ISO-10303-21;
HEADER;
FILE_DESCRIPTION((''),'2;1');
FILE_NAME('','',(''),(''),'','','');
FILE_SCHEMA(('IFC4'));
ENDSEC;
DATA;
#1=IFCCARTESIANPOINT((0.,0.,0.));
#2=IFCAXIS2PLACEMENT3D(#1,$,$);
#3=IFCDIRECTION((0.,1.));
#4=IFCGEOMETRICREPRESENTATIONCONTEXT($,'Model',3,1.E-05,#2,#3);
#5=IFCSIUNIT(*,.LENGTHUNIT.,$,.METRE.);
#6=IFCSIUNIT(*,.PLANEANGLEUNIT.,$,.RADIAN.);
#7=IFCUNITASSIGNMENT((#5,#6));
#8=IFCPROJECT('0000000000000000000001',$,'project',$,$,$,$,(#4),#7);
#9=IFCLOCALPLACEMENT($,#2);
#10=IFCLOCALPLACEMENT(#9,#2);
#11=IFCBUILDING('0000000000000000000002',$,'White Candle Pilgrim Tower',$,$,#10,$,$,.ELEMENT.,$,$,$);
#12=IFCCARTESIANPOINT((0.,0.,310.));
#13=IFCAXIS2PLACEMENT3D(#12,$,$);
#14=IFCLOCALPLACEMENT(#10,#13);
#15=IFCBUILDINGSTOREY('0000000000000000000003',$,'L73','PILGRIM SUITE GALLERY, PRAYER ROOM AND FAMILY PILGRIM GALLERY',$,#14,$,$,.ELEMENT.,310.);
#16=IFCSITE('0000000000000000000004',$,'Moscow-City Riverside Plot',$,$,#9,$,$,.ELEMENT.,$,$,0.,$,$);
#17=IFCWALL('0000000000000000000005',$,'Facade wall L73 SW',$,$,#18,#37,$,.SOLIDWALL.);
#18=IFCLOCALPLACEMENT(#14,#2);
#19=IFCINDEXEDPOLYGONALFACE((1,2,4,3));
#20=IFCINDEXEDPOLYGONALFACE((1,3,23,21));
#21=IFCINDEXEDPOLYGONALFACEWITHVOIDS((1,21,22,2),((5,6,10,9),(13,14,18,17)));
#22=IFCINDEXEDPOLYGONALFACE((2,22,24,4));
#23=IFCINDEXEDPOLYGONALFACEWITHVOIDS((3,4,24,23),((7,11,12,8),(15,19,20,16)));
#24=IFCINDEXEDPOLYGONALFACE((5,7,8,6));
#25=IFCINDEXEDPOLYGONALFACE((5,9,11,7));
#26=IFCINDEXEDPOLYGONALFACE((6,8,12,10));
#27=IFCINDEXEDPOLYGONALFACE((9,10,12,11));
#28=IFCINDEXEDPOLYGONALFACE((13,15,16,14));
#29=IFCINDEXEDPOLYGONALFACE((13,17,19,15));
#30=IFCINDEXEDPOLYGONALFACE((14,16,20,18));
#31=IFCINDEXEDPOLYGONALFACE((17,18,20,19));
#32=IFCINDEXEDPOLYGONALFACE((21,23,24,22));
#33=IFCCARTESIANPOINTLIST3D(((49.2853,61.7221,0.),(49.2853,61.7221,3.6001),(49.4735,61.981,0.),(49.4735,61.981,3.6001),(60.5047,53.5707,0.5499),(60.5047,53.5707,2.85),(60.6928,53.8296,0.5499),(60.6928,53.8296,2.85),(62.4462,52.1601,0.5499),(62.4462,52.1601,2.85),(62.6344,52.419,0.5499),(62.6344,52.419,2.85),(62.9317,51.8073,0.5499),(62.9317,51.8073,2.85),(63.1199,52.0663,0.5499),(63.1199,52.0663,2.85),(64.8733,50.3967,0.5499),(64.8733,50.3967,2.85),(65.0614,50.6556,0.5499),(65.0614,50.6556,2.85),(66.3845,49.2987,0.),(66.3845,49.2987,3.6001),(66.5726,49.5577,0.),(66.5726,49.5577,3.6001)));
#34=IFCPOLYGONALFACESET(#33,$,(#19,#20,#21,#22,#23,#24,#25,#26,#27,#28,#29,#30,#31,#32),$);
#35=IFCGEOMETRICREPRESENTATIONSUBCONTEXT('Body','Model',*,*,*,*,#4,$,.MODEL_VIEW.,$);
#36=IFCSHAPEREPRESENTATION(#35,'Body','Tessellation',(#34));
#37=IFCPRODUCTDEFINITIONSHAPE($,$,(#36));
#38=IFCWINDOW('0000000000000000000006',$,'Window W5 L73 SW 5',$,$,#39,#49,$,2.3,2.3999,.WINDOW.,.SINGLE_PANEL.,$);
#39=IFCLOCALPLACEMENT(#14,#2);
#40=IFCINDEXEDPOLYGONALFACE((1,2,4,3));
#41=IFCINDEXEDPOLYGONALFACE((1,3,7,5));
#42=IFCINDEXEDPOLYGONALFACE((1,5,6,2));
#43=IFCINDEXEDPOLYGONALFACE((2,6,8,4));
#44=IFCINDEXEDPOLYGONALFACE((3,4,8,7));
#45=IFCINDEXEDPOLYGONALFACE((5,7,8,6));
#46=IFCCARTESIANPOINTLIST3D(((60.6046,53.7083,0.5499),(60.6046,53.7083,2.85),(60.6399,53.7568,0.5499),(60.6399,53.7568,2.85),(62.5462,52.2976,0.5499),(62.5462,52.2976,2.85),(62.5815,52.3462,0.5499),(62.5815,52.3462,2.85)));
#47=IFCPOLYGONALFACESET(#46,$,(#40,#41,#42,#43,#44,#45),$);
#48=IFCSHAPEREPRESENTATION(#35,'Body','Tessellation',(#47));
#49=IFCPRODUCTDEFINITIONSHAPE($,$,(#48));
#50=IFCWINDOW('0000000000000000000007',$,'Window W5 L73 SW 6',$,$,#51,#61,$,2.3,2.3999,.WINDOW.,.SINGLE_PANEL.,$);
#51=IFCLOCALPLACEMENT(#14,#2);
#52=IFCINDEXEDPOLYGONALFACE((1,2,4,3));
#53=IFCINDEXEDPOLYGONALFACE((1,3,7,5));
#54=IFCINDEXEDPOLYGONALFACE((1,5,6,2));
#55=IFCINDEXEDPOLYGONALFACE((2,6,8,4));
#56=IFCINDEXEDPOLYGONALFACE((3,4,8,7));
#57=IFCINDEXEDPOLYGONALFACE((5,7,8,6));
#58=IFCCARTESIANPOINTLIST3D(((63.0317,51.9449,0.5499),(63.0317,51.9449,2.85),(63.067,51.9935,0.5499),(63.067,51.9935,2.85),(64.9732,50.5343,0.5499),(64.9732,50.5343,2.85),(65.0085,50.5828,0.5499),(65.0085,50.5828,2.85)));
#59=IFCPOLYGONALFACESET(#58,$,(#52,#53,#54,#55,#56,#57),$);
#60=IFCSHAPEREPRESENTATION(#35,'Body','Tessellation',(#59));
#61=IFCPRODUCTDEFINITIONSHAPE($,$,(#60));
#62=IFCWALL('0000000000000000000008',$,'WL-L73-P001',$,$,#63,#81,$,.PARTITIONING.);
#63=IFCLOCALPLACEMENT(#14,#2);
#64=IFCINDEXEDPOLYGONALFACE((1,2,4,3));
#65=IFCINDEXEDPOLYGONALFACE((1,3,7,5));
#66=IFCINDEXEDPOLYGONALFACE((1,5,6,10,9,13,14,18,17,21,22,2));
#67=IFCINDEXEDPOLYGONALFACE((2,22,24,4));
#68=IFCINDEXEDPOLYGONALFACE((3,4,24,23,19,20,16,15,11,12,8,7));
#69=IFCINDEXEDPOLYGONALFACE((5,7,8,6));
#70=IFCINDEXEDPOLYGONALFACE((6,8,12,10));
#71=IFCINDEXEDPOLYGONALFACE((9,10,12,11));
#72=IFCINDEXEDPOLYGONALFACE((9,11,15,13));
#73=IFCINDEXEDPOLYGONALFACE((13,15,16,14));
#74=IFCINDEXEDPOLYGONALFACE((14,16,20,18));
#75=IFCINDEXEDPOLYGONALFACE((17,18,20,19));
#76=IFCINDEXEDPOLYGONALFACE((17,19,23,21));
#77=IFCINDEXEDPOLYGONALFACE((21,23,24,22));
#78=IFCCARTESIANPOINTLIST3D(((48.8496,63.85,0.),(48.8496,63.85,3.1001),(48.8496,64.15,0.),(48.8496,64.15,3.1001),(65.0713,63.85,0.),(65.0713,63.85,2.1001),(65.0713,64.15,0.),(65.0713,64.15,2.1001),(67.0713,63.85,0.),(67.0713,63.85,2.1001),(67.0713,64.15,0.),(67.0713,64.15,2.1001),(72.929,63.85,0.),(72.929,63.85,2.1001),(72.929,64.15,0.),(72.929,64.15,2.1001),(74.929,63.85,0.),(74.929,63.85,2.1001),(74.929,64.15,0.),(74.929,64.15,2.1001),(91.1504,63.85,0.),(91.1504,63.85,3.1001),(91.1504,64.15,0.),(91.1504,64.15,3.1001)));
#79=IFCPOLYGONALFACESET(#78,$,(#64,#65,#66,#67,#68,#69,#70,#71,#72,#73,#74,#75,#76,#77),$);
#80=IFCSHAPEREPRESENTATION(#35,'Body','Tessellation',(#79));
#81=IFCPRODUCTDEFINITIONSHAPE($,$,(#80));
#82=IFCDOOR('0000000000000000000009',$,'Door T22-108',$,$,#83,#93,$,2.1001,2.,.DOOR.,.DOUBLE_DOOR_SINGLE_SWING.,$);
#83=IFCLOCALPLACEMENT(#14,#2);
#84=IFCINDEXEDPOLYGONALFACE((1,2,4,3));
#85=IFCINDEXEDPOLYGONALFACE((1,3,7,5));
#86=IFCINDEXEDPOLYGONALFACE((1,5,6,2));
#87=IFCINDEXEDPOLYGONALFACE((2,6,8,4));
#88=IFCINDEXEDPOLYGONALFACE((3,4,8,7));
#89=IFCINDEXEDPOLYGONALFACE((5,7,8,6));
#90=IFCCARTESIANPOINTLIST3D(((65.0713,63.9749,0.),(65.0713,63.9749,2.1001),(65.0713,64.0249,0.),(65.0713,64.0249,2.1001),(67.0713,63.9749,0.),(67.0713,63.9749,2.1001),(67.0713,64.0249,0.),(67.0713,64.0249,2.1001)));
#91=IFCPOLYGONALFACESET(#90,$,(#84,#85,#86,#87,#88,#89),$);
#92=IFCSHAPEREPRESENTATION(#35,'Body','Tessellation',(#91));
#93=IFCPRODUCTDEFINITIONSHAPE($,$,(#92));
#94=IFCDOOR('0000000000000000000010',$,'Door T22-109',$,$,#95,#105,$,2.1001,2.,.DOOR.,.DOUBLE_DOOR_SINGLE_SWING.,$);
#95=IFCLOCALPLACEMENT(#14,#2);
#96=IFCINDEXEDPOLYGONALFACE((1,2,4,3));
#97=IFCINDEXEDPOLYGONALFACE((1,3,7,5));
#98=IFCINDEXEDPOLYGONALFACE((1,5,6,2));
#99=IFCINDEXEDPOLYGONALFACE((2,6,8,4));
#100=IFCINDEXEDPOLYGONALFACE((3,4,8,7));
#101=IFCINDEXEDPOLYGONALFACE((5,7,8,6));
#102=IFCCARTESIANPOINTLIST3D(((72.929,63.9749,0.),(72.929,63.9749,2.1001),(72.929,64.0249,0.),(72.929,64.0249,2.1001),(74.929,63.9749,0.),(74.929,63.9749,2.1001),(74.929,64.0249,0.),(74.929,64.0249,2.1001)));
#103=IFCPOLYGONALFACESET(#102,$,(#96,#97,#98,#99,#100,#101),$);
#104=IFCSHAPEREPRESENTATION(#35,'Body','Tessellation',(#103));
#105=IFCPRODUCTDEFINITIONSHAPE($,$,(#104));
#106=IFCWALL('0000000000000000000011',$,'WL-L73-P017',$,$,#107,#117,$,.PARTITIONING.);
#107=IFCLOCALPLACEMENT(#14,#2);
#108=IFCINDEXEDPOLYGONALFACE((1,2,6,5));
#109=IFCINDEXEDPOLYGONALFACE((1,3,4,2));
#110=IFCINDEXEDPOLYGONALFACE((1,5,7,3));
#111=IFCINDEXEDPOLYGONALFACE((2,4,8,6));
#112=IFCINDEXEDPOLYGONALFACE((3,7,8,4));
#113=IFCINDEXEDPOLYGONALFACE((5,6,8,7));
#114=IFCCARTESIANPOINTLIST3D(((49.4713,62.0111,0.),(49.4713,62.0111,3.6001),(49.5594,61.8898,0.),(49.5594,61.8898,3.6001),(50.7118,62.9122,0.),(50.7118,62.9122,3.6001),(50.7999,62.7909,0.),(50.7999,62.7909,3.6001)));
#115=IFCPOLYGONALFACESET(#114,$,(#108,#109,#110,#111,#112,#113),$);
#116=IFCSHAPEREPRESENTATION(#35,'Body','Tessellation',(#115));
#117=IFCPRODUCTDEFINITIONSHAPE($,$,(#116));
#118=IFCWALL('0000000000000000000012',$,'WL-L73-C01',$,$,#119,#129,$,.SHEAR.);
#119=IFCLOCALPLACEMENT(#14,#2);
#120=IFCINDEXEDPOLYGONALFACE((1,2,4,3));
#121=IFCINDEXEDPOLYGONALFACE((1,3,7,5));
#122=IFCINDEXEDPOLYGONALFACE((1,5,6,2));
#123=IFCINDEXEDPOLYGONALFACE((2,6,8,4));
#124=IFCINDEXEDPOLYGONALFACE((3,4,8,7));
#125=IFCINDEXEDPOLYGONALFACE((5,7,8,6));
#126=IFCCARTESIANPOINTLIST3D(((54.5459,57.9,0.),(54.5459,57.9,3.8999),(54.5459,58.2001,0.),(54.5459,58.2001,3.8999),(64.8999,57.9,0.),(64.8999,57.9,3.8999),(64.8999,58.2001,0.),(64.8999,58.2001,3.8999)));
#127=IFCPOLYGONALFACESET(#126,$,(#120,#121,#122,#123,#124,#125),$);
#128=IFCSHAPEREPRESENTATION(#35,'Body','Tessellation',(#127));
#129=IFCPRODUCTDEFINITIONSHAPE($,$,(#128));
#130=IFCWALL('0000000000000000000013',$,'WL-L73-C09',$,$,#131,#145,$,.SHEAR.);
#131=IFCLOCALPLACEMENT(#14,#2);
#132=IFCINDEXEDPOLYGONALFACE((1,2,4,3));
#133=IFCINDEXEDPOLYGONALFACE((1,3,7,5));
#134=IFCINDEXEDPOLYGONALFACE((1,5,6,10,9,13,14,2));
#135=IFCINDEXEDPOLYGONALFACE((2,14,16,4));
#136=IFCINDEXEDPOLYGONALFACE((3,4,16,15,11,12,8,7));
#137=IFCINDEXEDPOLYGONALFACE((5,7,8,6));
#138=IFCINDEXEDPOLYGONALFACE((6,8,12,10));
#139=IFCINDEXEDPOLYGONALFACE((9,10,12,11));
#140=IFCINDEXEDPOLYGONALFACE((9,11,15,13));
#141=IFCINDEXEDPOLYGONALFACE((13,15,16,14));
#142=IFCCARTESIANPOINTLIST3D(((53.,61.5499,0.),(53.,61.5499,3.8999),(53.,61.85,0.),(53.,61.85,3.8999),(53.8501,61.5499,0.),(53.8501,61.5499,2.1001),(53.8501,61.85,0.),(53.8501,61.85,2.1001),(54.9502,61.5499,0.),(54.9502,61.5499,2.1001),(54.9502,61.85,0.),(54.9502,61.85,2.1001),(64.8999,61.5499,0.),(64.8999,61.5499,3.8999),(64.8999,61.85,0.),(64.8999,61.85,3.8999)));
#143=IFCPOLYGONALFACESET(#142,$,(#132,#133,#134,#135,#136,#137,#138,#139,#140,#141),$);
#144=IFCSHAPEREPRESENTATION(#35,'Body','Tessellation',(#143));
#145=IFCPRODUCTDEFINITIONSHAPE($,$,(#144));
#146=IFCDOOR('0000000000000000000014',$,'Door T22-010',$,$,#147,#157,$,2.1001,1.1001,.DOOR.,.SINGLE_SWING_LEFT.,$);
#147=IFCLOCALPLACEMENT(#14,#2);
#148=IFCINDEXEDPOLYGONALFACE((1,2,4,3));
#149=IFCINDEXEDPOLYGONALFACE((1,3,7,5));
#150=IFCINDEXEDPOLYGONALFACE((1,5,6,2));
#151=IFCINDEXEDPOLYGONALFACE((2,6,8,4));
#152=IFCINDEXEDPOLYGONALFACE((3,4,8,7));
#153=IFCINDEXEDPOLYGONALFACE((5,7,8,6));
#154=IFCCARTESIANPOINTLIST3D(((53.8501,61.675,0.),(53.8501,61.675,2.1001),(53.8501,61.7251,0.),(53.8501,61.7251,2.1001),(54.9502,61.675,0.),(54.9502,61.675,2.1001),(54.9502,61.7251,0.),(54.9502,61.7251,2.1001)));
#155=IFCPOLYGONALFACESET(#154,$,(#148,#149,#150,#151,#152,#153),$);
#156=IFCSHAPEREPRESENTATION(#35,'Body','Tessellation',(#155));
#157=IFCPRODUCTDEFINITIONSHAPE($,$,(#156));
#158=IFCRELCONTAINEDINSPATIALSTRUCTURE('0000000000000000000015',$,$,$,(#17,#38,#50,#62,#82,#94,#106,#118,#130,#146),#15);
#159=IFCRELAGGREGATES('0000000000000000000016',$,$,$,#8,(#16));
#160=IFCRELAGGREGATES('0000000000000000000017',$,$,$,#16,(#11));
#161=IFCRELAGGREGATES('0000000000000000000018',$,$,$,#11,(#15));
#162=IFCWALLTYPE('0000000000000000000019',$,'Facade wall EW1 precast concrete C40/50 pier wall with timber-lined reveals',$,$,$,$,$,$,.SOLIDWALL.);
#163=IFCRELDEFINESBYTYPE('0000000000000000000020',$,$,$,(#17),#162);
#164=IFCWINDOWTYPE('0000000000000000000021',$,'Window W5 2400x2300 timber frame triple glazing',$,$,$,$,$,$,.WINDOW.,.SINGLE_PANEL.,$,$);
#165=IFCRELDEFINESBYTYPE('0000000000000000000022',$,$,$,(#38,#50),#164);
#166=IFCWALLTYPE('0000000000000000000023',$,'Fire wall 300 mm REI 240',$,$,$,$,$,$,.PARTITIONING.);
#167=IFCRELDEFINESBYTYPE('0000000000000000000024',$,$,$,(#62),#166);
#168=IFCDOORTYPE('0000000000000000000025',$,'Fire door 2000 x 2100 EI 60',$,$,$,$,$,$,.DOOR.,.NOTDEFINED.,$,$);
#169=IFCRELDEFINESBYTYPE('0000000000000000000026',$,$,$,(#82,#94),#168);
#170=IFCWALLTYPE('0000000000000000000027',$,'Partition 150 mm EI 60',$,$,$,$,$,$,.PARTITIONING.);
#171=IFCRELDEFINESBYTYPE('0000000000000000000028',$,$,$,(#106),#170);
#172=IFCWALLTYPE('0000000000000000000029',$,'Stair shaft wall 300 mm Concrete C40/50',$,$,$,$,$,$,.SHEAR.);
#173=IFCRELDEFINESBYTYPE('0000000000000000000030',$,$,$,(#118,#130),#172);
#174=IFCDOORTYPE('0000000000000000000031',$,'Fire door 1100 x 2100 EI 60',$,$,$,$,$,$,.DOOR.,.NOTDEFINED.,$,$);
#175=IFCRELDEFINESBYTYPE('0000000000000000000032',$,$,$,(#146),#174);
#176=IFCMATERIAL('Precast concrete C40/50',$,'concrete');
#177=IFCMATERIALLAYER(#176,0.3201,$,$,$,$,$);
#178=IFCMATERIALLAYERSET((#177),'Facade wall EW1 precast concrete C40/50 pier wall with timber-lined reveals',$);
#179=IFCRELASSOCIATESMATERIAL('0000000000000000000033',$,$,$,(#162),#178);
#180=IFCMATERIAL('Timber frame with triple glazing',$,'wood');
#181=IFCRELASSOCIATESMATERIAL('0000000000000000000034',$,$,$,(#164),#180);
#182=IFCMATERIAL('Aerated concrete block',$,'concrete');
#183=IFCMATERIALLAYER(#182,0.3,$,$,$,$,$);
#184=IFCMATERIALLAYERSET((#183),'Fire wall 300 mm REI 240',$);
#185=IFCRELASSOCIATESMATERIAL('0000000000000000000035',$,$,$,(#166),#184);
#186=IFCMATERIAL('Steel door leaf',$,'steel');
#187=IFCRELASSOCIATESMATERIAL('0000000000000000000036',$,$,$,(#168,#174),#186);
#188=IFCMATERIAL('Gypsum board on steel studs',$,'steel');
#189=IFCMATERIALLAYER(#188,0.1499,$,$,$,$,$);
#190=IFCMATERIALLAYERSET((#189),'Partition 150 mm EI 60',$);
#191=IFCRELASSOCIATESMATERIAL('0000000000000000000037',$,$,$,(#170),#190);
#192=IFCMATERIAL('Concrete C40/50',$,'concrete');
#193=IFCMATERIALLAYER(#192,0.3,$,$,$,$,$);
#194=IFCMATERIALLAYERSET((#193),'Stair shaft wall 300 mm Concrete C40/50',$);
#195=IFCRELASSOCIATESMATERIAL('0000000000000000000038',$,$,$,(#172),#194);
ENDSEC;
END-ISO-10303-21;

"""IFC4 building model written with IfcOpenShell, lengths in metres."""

from ifc_helpers import new_model, si_unit, direction, frame, frame_2d, origin, place, context, subcontext, project, spatial, rectangle, extrude, material, layer, layer_set, type_object, element, fill, save


model = new_model("IFC4")

# Units and contexts
model_context = context("Model", 3, precision=1e-05, world=origin(), true_north=direction((0.0, 1.0)))
body_context = subcontext(model_context, "Body", "Model", "MODEL_VIEW")
ifc_project = project(units=[si_unit("LENGTHUNIT", "METRE"), si_unit("PLANEANGLEUNIT", "RADIAN")], contexts=[model_context])

# Site, building, storey
site_placement = place(None, origin())
site = spatial("IfcSite", under=ifc_project, at=site_placement, Name="Moscow-City Riverside Plot", CompositionType="ELEMENT", RefElevation=0.0)
building_placement = place(site_placement, origin())
building = spatial("IfcBuilding", under=site, at=building_placement, Name="White Candle Pilgrim Tower", CompositionType="ELEMENT")
storey_placement = place(building_placement, frame((0.0, 0.0, 310.0)))
storey = spatial("IfcBuildingStorey", under=building, at=storey_placement, Name="L73", Description="PILGRIM SUITE GALLERY, PRAYER ROOM AND FAMILY PILGRIM GALLERY", CompositionType="ELEMENT", Elevation=310.0)

# Shared definitions
ifc_material_1 = material(Name="Concrete C40/50", Category="concrete")

# Shared definitions
ifc_material_2 = material(Name="Gypsum board on steel studs", Category="steel")

# Wall, openings, windows
ifc_material_3 = material(Name="Precast concrete C40/50", Category="concrete")
ifc_layer_1 = layer(ifc_material_3, 0.3201)
ifc_layer_set_1 = layer_set([ifc_layer_1], Name="Facade wall EW1 precast concrete C40/50 pier wall with timber-lined reveals")
wall_type_1 = type_object("IfcWallType", Name="Facade wall EW1 precast concrete C40/50 pier wall with timber-lined reveals", PredefinedType="SOLIDWALL", material=ifc_layer_set_1)
wall_1_placement = place(storey_placement, frame((49.3794, 61.8516, 0.0), z_axis=(0.0, 0.0, 1.0), x_axis=(0.809015, -0.587788, 0.0)))
wall_1 = element("IfcWall", 1, at=wall_1_placement, inside=storey, type_object=wall_type_1, Name="Facade wall L73 SW", PredefinedType="SOLIDWALL", context=body_context, shape_type="SweptSolid", body=[
    extrude(rectangle(XDim=21.1357, YDim=0.3201, at=frame_2d((10.5679, 0.0))), origin(), (0.0, 0.0, 1.0), 3.6001),
])
opening_1_placement = place(wall_1_placement, frame((13.8679, 0.0, 0.55)))
opening_1 = element("IfcOpeningElement", 2, at=opening_1_placement, cuts=wall_1, PredefinedType="OPENING", context=body_context, shape_type="SweptSolid", body=[
    extrude(rectangle(XDim=2.3999, YDim=2.3, at=frame_2d((1.2, 1.1499))), frame((0.0, 0.1699, 0.0), z_axis=(0.0, -1.0, 0.0), x_axis=(1.0, 0.0, 0.0)), (0.0, 0.0, 1.0), 0.3401),
])
opening_2_placement = place(wall_1_placement, frame((16.8679, 0.0, 0.55)))
opening_2 = element("IfcOpeningElement", 3, at=opening_2_placement, cuts=wall_1, PredefinedType="OPENING", context=body_context, shape_type="SweptSolid", body=[
    extrude(rectangle(XDim=2.3999, YDim=2.3, at=frame_2d((1.2, 1.1499))), frame((0.0, 0.1699, 0.0), z_axis=(0.0, -1.0, 0.0), x_axis=(1.0, 0.0, 0.0)), (0.0, 0.0, 1.0), 0.3401),
])
ifc_material_4 = material(Name="Timber frame with triple glazing", Category="wood")
window_type = type_object("IfcWindowType", Name="Window W5 2400x2300 timber frame triple glazing", PartitioningType="SINGLE_PANEL", PredefinedType="WINDOW", material=ifc_material_4)
window_1_placement = place(opening_1_placement, origin())
window_1 = element("IfcWindow", 4, at=window_1_placement, inside=storey, type_object=window_type, Name="Window W5 L73 SW 5", OverallHeight=2.3, OverallWidth=2.3999, PartitioningType="SINGLE_PANEL", PredefinedType="WINDOW", context=body_context, shape_type="SweptSolid", body=[
    extrude(rectangle(XDim=2.3999, YDim=2.3, at=frame_2d((1.2, 1.1499))), frame((0.0, 0.0701, 0.0), z_axis=(0.0, -1.0, 0.0), x_axis=(1.0, 0.0, 0.0)), (0.0, 0.0, 1.0), 0.0601),
])
fill(opening_1, window_1)
window_2_placement = place(opening_2_placement, origin())
window_2 = element("IfcWindow", 5, at=window_2_placement, inside=storey, type_object=window_type, Name="Window W5 L73 SW 6", OverallHeight=2.3, OverallWidth=2.3999, PartitioningType="SINGLE_PANEL", PredefinedType="WINDOW", context=body_context, shape_type="SweptSolid", body=[
    extrude(rectangle(XDim=2.3999, YDim=2.3, at=frame_2d((1.2, 1.1499))), frame((0.0, 0.0701, 0.0), z_axis=(0.0, -1.0, 0.0), x_axis=(1.0, 0.0, 0.0)), (0.0, 0.0, 1.0), 0.0601),
])
fill(opening_2, window_2)

# Wall, openings, doors
ifc_material_5 = material(Name="Aerated concrete block", Category="concrete")
ifc_layer_2 = layer(ifc_material_5, 0.3)
ifc_layer_set_2 = layer_set([ifc_layer_2], Name="Fire wall 300 mm REI 240")
wall_type_2 = type_object("IfcWallType", Name="Fire wall 300 mm REI 240", PredefinedType="PARTITIONING", material=ifc_layer_set_2)
wall_2_placement = place(storey_placement, frame((48.8496, 64.0, 0.0), z_axis=(0.0, 0.0, 1.0), x_axis=(1.0, 0.0, 0.0)))
wall_2 = element("IfcWall", 6, at=wall_2_placement, inside=storey, type_object=wall_type_2, Name="WL-L73-P001", PredefinedType="PARTITIONING", context=body_context, shape_type="SweptSolid", body=[
    extrude(rectangle(XDim=42.3008, YDim=0.3, at=frame_2d((21.1504, 0.0))), origin(), (0.0, 0.0, 1.0), 3.1001),
])
opening_3_placement = place(wall_2_placement, frame((16.2217, 0.0, 0.0)))
opening_3 = element("IfcOpeningElement", 7, at=opening_3_placement, cuts=wall_2, PredefinedType="OPENING", context=body_context, shape_type="SweptSolid", body=[
    extrude(rectangle(XDim=2.0, YDim=2.1001, at=frame_2d((1.0, 1.05))), frame((0.0, 0.1599, 0.0), z_axis=(0.0, -1.0, 0.0), x_axis=(1.0, 0.0, 0.0)), (0.0, 0.0, 1.0), 0.3201),
])
opening_4_placement = place(wall_2_placement, frame((24.0793, 0.0, 0.0)))
opening_4 = element("IfcOpeningElement", 8, at=opening_4_placement, cuts=wall_2, PredefinedType="OPENING", context=body_context, shape_type="SweptSolid", body=[
    extrude(rectangle(XDim=2.0, YDim=2.1001, at=frame_2d((1.0, 1.05))), frame((0.0, 0.1599, 0.0), z_axis=(0.0, -1.0, 0.0), x_axis=(1.0, 0.0, 0.0)), (0.0, 0.0, 1.0), 0.3201),
])
ifc_material_6 = material(Name="Steel door leaf", Category="steel")
door_type_1 = type_object("IfcDoorType", Name="Fire door 2000 x 2100 EI 60", OperationType="NOTDEFINED", PredefinedType="DOOR", material=ifc_material_6)
door_1_placement = place(opening_3_placement, origin())
door_1 = element("IfcDoor", 9, at=door_1_placement, inside=storey, type_object=door_type_1, Name="Door T22-108", OperationType="DOUBLE_DOOR_SINGLE_SWING", OverallHeight=2.1001, OverallWidth=2.0, PredefinedType="DOOR", context=body_context, shape_type="SweptSolid", body=[
    extrude(rectangle(XDim=2.0, YDim=2.1001, at=frame_2d((1.0, 1.05))), frame((0.0, 0.0249, 0.0), z_axis=(0.0, -1.0, 0.0), x_axis=(1.0, 0.0, 0.0)), (0.0, 0.0, 1.0), 0.05),
])
fill(opening_3, door_1)
door_2_placement = place(opening_4_placement, origin())
door_2 = element("IfcDoor", 10, at=door_2_placement, inside=storey, type_object=door_type_1, Name="Door T22-109", OperationType="DOUBLE_DOOR_SINGLE_SWING", OverallHeight=2.1001, OverallWidth=2.0, PredefinedType="DOOR", context=body_context, shape_type="SweptSolid", body=[
    extrude(rectangle(XDim=2.0, YDim=2.1001, at=frame_2d((1.0, 1.05))), frame((0.0, 0.0249, 0.0), z_axis=(0.0, -1.0, 0.0), x_axis=(1.0, 0.0, 0.0)), (0.0, 0.0, 1.0), 0.05),
])
fill(opening_4, door_2)

# Walls
ifc_layer_3 = layer(ifc_material_2, 0.1499)
ifc_layer_set_3 = layer_set([ifc_layer_3], Name="Partition 150 mm EI 60")
wall_type_3 = type_object("IfcWallType", Name="Partition 150 mm EI 60", PredefinedType="PARTITIONING", material=ifc_layer_set_3)
wall_3_placement = place(storey_placement, frame((49.5154, 61.9504, 0.0), z_axis=(0.0, 0.0, 1.0), x_axis=(0.80906, 0.587727, 0.0)))
element("IfcWall", 11, at=wall_3_placement, inside=storey, type_object=wall_type_3, Name="WL-L73-P017", PredefinedType="PARTITIONING", context=body_context, shape_type="SweptSolid", body=[
    extrude(rectangle(XDim=1.5332, YDim=0.1499, at=frame_2d((0.7666, 0.0))), origin(), (0.0, 0.0, 1.0), 3.6001),
])
ifc_layer_4 = layer(ifc_material_1, 0.3)
ifc_layer_set_4 = layer_set([ifc_layer_4], Name="Stair shaft wall 300 mm Concrete C40/50")
wall_type_4 = type_object("IfcWallType", Name="Stair shaft wall 300 mm Concrete C40/50", PredefinedType="SHEAR", material=ifc_layer_set_4)
wall_4_placement = place(storey_placement, frame((54.5459, 58.05, 0.0), z_axis=(0.0, 0.0, 1.0), x_axis=(1.0, 0.0, 0.0)))
element("IfcWall", 12, at=wall_4_placement, inside=storey, type_object=wall_type_4, Name="WL-L73-C01", PredefinedType="SHEAR", context=body_context, shape_type="SweptSolid", body=[
    extrude(rectangle(XDim=10.354, YDim=0.3, at=frame_2d((5.177, 0.0))), origin(), (0.0, 0.0, 1.0), 3.8999),
])

# Wall, opening, door
wall_5_placement = place(storey_placement, frame((53.0, 61.7, 0.0), z_axis=(0.0, 0.0, 1.0), x_axis=(1.0, 0.0, 0.0)))
wall_5 = element("IfcWall", 13, at=wall_5_placement, inside=storey, type_object=wall_type_4, Name="WL-L73-C09", PredefinedType="SHEAR", context=body_context, shape_type="SweptSolid", body=[
    extrude(rectangle(XDim=11.8999, YDim=0.3, at=frame_2d((5.95, 0.0))), origin(), (0.0, 0.0, 1.0), 3.8999),
])
opening_5_placement = place(wall_5_placement, frame((0.8501, 0.0, 0.0)))
opening_5 = element("IfcOpeningElement", 14, at=opening_5_placement, cuts=wall_5, PredefinedType="OPENING", context=body_context, shape_type="SweptSolid", body=[
    extrude(rectangle(XDim=1.1001, YDim=2.1001, at=frame_2d((0.55, 1.05))), frame((0.0, 0.1599, 0.0), z_axis=(0.0, -1.0, 0.0), x_axis=(1.0, 0.0, 0.0)), (0.0, 0.0, 1.0), 0.3201),
])
door_type_2 = type_object("IfcDoorType", Name="Fire door 1100 x 2100 EI 60", OperationType="NOTDEFINED", PredefinedType="DOOR", material=ifc_material_6)
door_3_placement = place(opening_5_placement, frame((1.1001, 0.0, 0.0), z_axis=(0.0, 0.0, 1.0), x_axis=(-1.0, 0.0, 0.0)))
door_3 = element("IfcDoor", 15, at=door_3_placement, inside=storey, type_object=door_type_2, Name="Door T22-010", OperationType="SINGLE_SWING_LEFT", OverallHeight=2.1001, OverallWidth=1.1001, PredefinedType="DOOR", context=body_context, shape_type="SweptSolid", body=[
    extrude(rectangle(XDim=1.1001, YDim=2.1001, at=frame_2d((0.55, 1.05))), frame((0.0, 0.0249, 0.0), z_axis=(0.0, -1.0, 0.0), x_axis=(1.0, 0.0, 0.0)), (0.0, 0.0, 1.0), 0.05),
])
fill(opening_5, door_3)

save(model, "model.ifc")
